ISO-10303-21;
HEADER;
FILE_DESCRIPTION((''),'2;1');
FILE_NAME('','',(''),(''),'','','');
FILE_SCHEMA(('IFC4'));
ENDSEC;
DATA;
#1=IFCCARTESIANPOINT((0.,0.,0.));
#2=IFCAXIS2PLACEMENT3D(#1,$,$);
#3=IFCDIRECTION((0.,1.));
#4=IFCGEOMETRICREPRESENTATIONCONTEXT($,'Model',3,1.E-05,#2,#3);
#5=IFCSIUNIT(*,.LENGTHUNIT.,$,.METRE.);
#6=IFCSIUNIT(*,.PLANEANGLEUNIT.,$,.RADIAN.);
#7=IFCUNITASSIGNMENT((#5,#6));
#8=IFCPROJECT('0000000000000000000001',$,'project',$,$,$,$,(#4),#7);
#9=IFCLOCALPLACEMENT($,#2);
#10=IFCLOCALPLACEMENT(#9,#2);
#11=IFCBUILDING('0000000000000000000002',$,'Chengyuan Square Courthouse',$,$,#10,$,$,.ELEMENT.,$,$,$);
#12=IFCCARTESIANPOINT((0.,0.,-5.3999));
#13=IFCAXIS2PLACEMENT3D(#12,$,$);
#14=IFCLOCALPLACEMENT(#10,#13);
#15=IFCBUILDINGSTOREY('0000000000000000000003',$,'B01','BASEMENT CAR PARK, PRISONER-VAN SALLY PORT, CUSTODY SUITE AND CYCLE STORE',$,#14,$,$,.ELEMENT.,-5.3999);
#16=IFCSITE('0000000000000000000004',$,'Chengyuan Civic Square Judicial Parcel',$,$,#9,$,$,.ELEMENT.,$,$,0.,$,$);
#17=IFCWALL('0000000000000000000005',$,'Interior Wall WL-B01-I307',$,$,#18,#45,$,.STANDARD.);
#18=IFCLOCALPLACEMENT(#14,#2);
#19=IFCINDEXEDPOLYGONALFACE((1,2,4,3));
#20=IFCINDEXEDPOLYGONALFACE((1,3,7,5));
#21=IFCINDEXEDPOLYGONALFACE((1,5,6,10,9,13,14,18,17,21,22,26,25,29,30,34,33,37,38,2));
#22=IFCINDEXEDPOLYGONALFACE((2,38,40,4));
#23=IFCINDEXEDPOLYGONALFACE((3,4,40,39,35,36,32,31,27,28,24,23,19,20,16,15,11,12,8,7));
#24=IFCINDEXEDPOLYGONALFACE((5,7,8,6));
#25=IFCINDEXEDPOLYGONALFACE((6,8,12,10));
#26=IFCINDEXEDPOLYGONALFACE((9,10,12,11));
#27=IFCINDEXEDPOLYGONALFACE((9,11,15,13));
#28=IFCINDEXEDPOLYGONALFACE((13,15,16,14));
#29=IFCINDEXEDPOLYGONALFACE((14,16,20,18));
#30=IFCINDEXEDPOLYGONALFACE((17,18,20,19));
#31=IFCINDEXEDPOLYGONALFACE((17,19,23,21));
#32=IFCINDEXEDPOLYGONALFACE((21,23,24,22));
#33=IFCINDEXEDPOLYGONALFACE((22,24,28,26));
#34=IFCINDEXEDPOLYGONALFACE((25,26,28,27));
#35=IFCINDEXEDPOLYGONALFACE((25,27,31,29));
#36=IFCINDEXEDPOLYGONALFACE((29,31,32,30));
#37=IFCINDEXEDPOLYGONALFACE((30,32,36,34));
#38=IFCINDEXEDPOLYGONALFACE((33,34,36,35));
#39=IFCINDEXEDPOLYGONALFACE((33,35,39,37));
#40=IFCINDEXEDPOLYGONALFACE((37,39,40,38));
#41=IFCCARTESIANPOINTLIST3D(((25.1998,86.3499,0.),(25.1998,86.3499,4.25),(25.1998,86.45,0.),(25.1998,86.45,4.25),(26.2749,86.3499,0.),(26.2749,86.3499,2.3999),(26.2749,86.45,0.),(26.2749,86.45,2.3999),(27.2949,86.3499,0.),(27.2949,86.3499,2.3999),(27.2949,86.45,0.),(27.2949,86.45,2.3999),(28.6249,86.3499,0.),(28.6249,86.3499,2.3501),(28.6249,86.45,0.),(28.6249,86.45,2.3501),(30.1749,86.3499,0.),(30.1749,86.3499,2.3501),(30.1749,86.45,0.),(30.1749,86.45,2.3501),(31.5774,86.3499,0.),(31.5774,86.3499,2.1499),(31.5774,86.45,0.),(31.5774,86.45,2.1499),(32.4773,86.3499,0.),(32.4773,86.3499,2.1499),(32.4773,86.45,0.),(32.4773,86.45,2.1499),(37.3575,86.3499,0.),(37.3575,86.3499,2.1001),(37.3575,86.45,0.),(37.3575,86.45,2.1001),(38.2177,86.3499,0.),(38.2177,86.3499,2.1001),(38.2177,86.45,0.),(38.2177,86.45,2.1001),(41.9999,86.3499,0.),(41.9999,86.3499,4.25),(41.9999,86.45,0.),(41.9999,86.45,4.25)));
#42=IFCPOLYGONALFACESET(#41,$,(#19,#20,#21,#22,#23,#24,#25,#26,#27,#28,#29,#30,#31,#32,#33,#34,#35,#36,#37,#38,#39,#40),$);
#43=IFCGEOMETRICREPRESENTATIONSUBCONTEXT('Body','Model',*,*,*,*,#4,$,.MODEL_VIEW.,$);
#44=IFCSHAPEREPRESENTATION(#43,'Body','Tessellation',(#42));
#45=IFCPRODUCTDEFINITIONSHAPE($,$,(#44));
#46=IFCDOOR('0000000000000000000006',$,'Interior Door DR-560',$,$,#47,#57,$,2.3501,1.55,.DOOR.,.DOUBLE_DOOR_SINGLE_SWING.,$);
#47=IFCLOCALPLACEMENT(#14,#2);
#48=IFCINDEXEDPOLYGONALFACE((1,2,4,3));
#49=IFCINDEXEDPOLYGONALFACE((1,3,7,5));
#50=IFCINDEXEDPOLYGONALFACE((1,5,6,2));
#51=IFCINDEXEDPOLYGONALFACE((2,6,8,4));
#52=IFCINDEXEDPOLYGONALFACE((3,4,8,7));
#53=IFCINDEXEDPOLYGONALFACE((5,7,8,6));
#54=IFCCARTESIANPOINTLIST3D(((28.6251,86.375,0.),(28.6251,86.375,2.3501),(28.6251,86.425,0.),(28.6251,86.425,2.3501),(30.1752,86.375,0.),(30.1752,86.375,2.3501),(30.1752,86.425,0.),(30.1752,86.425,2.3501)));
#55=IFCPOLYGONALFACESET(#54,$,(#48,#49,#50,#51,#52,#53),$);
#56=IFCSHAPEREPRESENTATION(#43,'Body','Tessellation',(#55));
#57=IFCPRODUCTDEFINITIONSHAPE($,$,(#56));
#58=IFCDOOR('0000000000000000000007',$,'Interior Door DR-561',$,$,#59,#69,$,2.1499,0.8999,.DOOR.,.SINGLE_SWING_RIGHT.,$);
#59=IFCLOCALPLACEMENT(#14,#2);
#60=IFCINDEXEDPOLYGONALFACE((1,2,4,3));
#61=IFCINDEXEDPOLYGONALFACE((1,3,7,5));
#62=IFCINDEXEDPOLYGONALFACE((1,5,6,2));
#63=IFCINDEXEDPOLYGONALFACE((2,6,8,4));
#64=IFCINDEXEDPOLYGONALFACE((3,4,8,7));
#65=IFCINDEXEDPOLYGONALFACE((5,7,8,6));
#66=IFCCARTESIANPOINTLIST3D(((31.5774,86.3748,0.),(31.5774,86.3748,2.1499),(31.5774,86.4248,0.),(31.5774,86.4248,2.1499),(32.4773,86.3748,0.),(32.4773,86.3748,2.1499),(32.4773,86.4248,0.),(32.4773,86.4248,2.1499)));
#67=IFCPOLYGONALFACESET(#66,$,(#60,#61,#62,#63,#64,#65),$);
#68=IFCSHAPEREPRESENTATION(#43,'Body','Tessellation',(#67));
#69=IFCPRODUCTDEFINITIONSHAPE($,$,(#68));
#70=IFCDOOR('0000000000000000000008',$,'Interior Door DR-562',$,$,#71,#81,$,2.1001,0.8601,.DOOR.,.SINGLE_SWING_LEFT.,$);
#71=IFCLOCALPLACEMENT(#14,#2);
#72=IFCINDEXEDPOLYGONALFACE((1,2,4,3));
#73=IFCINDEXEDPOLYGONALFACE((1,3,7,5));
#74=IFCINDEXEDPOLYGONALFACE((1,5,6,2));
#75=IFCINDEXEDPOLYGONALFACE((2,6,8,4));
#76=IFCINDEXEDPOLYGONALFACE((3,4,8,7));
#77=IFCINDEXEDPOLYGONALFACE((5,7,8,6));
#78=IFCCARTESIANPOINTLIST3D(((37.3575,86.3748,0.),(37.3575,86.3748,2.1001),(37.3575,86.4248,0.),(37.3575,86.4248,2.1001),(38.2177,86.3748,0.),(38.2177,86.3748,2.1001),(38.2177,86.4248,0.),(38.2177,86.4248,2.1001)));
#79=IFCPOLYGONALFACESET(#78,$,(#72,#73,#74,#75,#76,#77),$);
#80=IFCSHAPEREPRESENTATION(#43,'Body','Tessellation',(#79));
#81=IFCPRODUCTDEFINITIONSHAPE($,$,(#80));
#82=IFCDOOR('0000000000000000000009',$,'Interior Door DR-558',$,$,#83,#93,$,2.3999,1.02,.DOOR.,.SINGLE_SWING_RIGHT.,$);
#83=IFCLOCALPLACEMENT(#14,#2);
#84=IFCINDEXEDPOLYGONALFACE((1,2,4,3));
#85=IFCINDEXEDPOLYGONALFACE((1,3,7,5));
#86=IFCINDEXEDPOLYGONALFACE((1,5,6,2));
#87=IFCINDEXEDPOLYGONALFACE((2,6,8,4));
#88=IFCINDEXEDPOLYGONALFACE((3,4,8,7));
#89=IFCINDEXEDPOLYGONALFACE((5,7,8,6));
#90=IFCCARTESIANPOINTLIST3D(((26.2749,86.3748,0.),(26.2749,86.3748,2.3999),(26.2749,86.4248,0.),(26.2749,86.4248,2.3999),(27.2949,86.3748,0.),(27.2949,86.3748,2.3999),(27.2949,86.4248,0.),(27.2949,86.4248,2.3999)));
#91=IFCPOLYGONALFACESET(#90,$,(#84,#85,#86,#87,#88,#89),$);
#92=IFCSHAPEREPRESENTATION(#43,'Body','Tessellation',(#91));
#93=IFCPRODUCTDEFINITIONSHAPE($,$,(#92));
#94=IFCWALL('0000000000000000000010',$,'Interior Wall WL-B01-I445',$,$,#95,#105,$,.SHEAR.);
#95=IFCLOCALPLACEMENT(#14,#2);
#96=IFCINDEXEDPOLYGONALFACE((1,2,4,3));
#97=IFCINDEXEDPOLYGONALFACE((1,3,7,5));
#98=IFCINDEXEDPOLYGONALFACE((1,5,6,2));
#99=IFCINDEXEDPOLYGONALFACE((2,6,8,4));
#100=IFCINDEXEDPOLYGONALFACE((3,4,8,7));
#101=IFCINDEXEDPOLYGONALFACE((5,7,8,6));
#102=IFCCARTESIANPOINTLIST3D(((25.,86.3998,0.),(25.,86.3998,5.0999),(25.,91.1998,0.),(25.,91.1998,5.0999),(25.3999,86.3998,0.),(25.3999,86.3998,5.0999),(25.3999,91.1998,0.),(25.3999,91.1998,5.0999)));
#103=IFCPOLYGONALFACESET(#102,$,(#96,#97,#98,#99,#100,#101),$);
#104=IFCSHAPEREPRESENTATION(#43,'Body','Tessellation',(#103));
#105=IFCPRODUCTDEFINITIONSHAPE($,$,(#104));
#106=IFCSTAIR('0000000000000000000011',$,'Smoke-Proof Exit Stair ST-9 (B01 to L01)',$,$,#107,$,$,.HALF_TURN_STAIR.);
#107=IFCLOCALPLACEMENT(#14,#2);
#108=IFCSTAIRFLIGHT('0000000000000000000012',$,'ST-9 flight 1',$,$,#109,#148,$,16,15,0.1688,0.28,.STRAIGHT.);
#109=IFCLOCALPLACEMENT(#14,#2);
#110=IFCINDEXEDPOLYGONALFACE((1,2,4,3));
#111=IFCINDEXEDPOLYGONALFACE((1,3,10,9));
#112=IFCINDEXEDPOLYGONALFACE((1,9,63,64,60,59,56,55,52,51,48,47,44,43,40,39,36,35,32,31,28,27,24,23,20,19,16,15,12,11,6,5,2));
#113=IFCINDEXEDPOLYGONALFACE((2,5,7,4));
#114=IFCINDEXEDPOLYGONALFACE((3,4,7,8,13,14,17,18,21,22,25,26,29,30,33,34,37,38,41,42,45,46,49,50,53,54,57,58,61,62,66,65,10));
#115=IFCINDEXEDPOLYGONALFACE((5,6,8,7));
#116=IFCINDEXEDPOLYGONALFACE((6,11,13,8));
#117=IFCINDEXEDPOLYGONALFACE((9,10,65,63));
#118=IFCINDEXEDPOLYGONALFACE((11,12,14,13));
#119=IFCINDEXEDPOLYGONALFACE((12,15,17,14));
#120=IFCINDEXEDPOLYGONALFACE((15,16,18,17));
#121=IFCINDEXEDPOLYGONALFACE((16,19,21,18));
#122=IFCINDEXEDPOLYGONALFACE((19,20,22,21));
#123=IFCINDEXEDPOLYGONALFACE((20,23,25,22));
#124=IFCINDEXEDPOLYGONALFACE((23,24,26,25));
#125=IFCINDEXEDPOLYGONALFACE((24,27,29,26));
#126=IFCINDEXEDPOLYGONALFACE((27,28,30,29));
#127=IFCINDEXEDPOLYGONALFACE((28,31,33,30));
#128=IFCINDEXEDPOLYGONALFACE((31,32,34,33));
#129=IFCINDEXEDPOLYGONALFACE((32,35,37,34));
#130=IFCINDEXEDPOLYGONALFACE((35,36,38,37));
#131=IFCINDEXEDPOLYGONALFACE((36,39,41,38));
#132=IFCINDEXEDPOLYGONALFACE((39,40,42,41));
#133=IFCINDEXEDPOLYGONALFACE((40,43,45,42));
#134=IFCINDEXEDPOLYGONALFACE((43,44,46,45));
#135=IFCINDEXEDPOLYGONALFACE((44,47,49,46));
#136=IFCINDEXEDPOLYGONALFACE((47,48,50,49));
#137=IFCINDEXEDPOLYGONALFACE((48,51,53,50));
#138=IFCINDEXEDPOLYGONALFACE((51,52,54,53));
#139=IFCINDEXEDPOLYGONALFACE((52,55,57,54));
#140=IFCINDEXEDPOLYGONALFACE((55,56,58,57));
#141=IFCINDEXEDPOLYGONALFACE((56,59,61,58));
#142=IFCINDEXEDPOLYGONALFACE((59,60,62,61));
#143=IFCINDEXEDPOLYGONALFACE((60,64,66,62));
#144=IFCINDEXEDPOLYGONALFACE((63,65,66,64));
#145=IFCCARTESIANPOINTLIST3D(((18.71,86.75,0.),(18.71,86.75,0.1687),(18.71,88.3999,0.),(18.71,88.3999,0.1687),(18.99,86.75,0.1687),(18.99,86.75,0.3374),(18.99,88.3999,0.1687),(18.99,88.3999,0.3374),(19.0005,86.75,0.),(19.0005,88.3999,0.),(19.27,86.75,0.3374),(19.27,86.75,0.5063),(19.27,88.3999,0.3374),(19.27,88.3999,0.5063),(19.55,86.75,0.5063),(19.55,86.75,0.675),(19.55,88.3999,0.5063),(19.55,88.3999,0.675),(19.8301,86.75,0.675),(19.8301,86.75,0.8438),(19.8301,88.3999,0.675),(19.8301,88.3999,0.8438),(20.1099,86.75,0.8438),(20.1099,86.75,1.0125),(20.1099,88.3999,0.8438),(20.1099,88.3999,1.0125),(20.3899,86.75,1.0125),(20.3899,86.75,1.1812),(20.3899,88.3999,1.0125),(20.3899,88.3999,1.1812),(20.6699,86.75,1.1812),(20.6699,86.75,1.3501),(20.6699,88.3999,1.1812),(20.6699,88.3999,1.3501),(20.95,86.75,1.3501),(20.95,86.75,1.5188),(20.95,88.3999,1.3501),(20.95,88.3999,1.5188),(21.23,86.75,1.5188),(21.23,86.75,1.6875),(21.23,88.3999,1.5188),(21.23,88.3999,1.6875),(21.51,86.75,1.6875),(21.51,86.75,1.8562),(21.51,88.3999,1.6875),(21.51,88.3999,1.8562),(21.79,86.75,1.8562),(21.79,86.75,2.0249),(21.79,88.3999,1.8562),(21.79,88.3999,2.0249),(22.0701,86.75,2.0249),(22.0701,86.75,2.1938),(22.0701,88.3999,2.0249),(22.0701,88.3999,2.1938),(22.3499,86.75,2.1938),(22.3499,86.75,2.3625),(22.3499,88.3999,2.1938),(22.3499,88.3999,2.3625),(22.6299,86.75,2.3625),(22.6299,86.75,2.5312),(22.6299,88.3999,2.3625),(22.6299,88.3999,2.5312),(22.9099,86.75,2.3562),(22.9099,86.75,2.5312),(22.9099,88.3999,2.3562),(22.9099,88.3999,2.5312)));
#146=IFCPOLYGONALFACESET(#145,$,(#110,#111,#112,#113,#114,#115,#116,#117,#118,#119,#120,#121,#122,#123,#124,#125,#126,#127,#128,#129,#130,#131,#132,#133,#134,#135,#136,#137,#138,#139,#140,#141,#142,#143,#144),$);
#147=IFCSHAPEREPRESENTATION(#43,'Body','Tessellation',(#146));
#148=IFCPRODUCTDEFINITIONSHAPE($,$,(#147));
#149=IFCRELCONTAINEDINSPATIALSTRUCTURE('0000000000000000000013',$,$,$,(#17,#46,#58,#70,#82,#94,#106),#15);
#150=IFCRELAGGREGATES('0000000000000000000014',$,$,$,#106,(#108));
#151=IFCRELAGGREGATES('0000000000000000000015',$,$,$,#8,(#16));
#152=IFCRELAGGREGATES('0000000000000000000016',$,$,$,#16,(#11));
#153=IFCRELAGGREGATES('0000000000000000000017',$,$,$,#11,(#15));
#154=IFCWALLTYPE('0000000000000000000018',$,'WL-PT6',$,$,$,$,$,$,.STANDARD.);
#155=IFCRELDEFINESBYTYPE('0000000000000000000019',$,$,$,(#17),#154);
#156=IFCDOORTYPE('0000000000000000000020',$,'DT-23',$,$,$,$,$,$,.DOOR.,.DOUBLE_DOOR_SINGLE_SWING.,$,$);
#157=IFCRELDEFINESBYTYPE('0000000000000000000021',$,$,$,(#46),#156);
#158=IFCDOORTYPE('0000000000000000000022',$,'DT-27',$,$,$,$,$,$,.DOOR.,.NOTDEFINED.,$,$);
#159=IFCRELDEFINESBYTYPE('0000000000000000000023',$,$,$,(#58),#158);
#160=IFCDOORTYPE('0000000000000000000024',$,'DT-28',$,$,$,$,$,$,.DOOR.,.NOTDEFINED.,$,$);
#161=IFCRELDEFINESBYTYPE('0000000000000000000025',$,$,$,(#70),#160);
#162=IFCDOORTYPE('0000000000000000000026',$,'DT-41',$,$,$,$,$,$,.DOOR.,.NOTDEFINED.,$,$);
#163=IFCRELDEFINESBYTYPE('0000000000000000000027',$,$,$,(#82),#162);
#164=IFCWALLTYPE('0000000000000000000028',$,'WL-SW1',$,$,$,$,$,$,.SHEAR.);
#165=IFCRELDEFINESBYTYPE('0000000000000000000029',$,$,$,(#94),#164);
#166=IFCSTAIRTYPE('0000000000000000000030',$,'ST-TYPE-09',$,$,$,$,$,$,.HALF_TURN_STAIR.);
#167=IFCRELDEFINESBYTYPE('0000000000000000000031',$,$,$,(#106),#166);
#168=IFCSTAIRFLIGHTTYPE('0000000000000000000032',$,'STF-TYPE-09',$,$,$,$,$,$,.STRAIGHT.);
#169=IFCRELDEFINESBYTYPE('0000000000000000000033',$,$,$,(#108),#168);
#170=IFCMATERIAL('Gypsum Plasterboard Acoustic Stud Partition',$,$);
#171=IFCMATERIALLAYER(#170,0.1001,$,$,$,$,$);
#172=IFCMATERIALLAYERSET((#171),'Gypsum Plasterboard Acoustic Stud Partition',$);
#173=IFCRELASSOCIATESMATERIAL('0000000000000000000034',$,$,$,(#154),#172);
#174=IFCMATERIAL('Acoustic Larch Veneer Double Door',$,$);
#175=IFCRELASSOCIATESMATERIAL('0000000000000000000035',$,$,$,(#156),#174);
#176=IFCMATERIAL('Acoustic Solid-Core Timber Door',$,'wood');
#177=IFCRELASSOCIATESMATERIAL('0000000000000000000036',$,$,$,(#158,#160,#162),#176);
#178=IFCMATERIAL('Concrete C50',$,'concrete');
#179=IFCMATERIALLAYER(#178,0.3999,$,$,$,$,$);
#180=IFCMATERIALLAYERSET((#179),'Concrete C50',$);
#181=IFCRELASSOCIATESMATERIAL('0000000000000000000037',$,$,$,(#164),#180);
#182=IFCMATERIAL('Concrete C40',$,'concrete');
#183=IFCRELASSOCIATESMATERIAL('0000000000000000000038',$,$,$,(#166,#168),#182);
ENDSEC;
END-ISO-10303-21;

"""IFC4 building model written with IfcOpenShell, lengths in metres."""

from ifc_helpers import new_model, si_unit, direction, frame, frame_2d, origin, place, context, subcontext, project, spatial, polyline, rectangle, outline, extrude, material, layer, layer_set, type_object, element, fill, aggregate, save


model = new_model("IFC4")

# Units and contexts
model_context = context("Model", 3, precision=1e-05, world=origin(), true_north=direction((0.0, 1.0)))
body_context = subcontext(model_context, "Body", "Model", "MODEL_VIEW")
ifc_project = project(units=[si_unit("LENGTHUNIT", "METRE"), si_unit("PLANEANGLEUNIT", "RADIAN")], contexts=[model_context])

# Site, building, storey
site_placement = place(None, origin())
site = spatial("IfcSite", under=ifc_project, at=site_placement, Name="Chengyuan Civic Square Judicial Parcel", CompositionType="ELEMENT", RefElevation=0.0)
building_placement = place(site_placement, origin())
building = spatial("IfcBuilding", under=site, at=building_placement, Name="Chengyuan Square Courthouse", CompositionType="ELEMENT")
storey_placement = place(building_placement, frame((0.0, 0.0, -5.3999)))
storey = spatial("IfcBuildingStorey", under=building, at=storey_placement, Name="B01", Description="BASEMENT CAR PARK, PRISONER-VAN SALLY PORT, CUSTODY SUITE AND CYCLE STORE", CompositionType="ELEMENT", Elevation=-5.3999)

# Shared definitions
ifc_material_1 = material(Name="Concrete C50", Category="concrete")

# Shared definitions
ifc_material_2 = material(Name="Concrete C40", Category="concrete")

# Wall, openings, doors
ifc_material_3 = material(Name="Gypsum Plasterboard Acoustic Stud Partition")
ifc_layer_1 = layer(ifc_material_3, 0.1001)
ifc_layer_set_1 = layer_set([ifc_layer_1], Name="Gypsum Plasterboard Acoustic Stud Partition")
wall_type_1 = type_object("IfcWallType", Name="WL-PT6", PredefinedType="STANDARD", material=ifc_layer_set_1)
wall_1_placement = place(storey_placement, frame((25.2, 86.3999, 0.0), z_axis=(0.0, 0.0, 1.0), x_axis=(1.0, 0.0, 0.0)))
wall_1 = element("IfcWall", 1, at=wall_1_placement, inside=storey, type_object=wall_type_1, Name="Interior Wall WL-B01-I307", PredefinedType="STANDARD", context=body_context, shape_type="SweptSolid", body=[
    extrude(rectangle(XDim=16.8, YDim=0.1001, at=frame_2d((8.3999, 0.0))), origin(), (0.0, 0.0, 1.0), 4.25),
])
opening_1_placement = place(wall_1_placement, frame((1.075, 0.0, 0.0)))
opening_1 = element("IfcOpeningElement", 2, at=opening_1_placement, cuts=wall_1, PredefinedType="OPENING", context=body_context, shape_type="SweptSolid", body=[
    extrude(rectangle(XDim=1.02, YDim=2.3999, at=frame_2d((0.51, 1.2))), frame((0.0, 0.062, 0.0), z_axis=(0.0, -1.0, 0.0), x_axis=(1.0, 0.0, 0.0)), (0.0, 0.0, 1.0), 0.124),
])
opening_2_placement = place(wall_1_placement, frame((3.425, 0.0, 0.0)))
opening_2 = element("IfcOpeningElement", 3, at=opening_2_placement, cuts=wall_1, PredefinedType="OPENING", context=body_context, shape_type="SweptSolid", body=[
    extrude(rectangle(XDim=1.55, YDim=2.3501, at=frame_2d((0.7749, 1.175))), frame((0.0, 0.062, 0.0), z_axis=(0.0, -1.0, 0.0), x_axis=(1.0, 0.0, 0.0)), (0.0, 0.0, 1.0), 0.124),
])
opening_3_placement = place(wall_1_placement, frame((6.3774, 0.0, 0.0)))
opening_3 = element("IfcOpeningElement", 4, at=opening_3_placement, cuts=wall_1, PredefinedType="OPENING", context=body_context, shape_type="SweptSolid", body=[
    extrude(rectangle(XDim=0.8999, YDim=2.1499, at=frame_2d((0.45, 1.075))), frame((0.0, 0.062, 0.0), z_axis=(0.0, -1.0, 0.0), x_axis=(1.0, 0.0, 0.0)), (0.0, 0.0, 1.0), 0.124),
])
opening_4_placement = place(wall_1_placement, frame((12.1575, 0.0, 0.0)))
opening_4 = element("IfcOpeningElement", 5, at=opening_4_placement, cuts=wall_1, PredefinedType="OPENING", context=body_context, shape_type="SweptSolid", body=[
    extrude(rectangle(XDim=0.8601, YDim=2.1001, at=frame_2d((0.4302, 1.05))), frame((0.0, 0.062, 0.0), z_axis=(0.0, -1.0, 0.0), x_axis=(1.0, 0.0, 0.0)), (0.0, 0.0, 1.0), 0.124),
])
ifc_material_4 = material(Name="Acoustic Larch Veneer Double Door")
door_type_1 = type_object("IfcDoorType", Name="DT-23", OperationType="DOUBLE_DOOR_SINGLE_SWING", PredefinedType="DOOR", material=ifc_material_4)
door_1_placement = place(opening_2_placement, frame((1.55, 0.0, 0.0), z_axis=(0.0, 0.0, 1.0), x_axis=(-1.0, 0.0, 0.0)))
door_1 = element("IfcDoor", 6, at=door_1_placement, inside=storey, type_object=door_type_1, Name="Interior Door DR-560", OperationType="DOUBLE_DOOR_SINGLE_SWING", OverallHeight=2.3501, OverallWidth=1.55, PredefinedType="DOOR", context=body_context, shape_type="SweptSolid", body=[
    extrude(rectangle(XDim=1.55, YDim=2.3501, at=frame_2d((0.7749, 1.175))), frame((0.0, 0.0249, 0.0), z_axis=(0.0, -1.0, 0.0), x_axis=(1.0, 0.0, 0.0)), (0.0, 0.0, 1.0), 0.05),
])
fill(opening_2, door_1)
ifc_material_5 = material(Name="Acoustic Solid-Core Timber Door", Category="wood")
door_type_2 = type_object("IfcDoorType", Name="DT-27", OperationType="NOTDEFINED", PredefinedType="DOOR", material=ifc_material_5)
door_2_placement = place(opening_3_placement, origin())
door_2 = element("IfcDoor", 7, at=door_2_placement, inside=storey, type_object=door_type_2, Name="Interior Door DR-561", OperationType="SINGLE_SWING_RIGHT", OverallHeight=2.1499, OverallWidth=0.8999, PredefinedType="DOOR", context=body_context, shape_type="SweptSolid", body=[
    extrude(rectangle(XDim=0.8999, YDim=2.1499, at=frame_2d((0.45, 1.075))), frame((0.0, 0.0249, 0.0), z_axis=(0.0, -1.0, 0.0), x_axis=(1.0, 0.0, 0.0)), (0.0, 0.0, 1.0), 0.05),
])
fill(opening_3, door_2)
door_type_3 = type_object("IfcDoorType", Name="DT-28", OperationType="NOTDEFINED", PredefinedType="DOOR", material=ifc_material_5)
door_3_placement = place(opening_4_placement, origin())
door_3 = element("IfcDoor", 8, at=door_3_placement, inside=storey, type_object=door_type_3, Name="Interior Door DR-562", OperationType="SINGLE_SWING_LEFT", OverallHeight=2.1001, OverallWidth=0.8601, PredefinedType="DOOR", context=body_context, shape_type="SweptSolid", body=[
    extrude(rectangle(XDim=0.8601, YDim=2.1001, at=frame_2d((0.4302, 1.05))), frame((0.0, 0.0249, 0.0), z_axis=(0.0, -1.0, 0.0), x_axis=(1.0, 0.0, 0.0)), (0.0, 0.0, 1.0), 0.05),
])
fill(opening_4, door_3)
door_type_4 = type_object("IfcDoorType", Name="DT-41", OperationType="NOTDEFINED", PredefinedType="DOOR", material=ifc_material_5)
door_4_placement = place(opening_1_placement, origin())
door_4 = element("IfcDoor", 9, at=door_4_placement, inside=storey, type_object=door_type_4, Name="Interior Door DR-558", OperationType="SINGLE_SWING_RIGHT", OverallHeight=2.3999, OverallWidth=1.02, PredefinedType="DOOR", context=body_context, shape_type="SweptSolid", body=[
    extrude(rectangle(XDim=1.02, YDim=2.3999, at=frame_2d((0.51, 1.2))), frame((0.0, 0.0249, 0.0), z_axis=(0.0, -1.0, 0.0), x_axis=(1.0, 0.0, 0.0)), (0.0, 0.0, 1.0), 0.05),
])
fill(opening_1, door_4)

# Wall
ifc_layer_2 = layer(ifc_material_1, 0.3999)
ifc_layer_set_2 = layer_set([ifc_layer_2], Name="Concrete C50")
wall_type_2 = type_object("IfcWallType", Name="WL-SW1", PredefinedType="SHEAR", material=ifc_layer_set_2)
wall_2_placement = place(storey_placement, frame((25.2, 86.3999, 0.0), z_axis=(0.0, 0.0, 1.0), x_axis=(0.0, 1.0, 0.0)))
element("IfcWall", 10, at=wall_2_placement, inside=storey, type_object=wall_type_2, Name="Interior Wall WL-B01-I445", PredefinedType="SHEAR", context=body_context, shape_type="SweptSolid", body=[
    extrude(rectangle(XDim=4.8, YDim=0.3999, at=frame_2d((2.3999, 0.0))), origin(), (0.0, 0.0, 1.0), 5.0999),
])

# Stair, stair flight
stair_type = type_object("IfcStairType", Name="ST-TYPE-09", PredefinedType="HALF_TURN_STAIR", material=ifc_material_2)
stair_placement = place(storey_placement, origin())
stair = element("IfcStair", 11, at=stair_placement, inside=storey, type_object=stair_type, Name="Smoke-Proof Exit Stair ST-9 (B01 to L01)", PredefinedType="HALF_TURN_STAIR")
stair_flight_type = type_object("IfcStairFlightType", Name="STF-TYPE-09", PredefinedType="STRAIGHT", material=ifc_material_2)
stair_flight_1_placement = place(storey_placement, frame((18.71, 87.575, 0.0), z_axis=(0.0, 0.0, 1.0), x_axis=(1.0, 0.0, 0.0)))
stair_flight_1 = element("IfcStairFlight", 12, at=stair_flight_1_placement, type_object=stair_flight_type, Name="ST-9 flight 1", NumberOfRisers=16, NumberOfTreads=15, PredefinedType="STRAIGHT", RiserHeight=0.1688, TreadLength=0.28, context=body_context, shape_type="SweptSolid", body=[
    extrude(outline(polyline([(0.0, 0.0), (0.0, 0.1687), (0.28, 0.1687), (0.28, 0.3374), (0.5601, 0.3374), (0.5601, 0.5063), (0.8401, 0.5063), (0.8401, 0.675), (1.1201, 0.675), (1.1201, 0.8438), (1.3999, 0.8438), (1.3999, 1.0125), (1.6799, 1.0125), (1.6799, 1.1812), (1.96, 1.1812), (1.96, 1.3501), (2.24, 1.3501), (2.24, 1.5188), (2.52, 1.5188), (2.52, 1.6875), (2.8, 1.6875), (2.8, 1.8562), (3.0801, 1.8562), (3.0801, 2.0249), (3.3601, 2.0249), (3.3601, 2.1938), (3.6399, 2.1938), (3.6399, 2.3625), (3.9199, 2.3625), (3.9199, 2.5312), (4.2, 2.5312), (4.2, 2.7), (4.2, 2.3562), (0.2905, 0.0), (0.0, 0.0)])), frame((0.0, 0.825, 0.0), z_axis=(0.0, -1.0, 0.0), x_axis=(1.0, 0.0, 0.0)), (0.0, 0.0, 1.0), 1.6499),
])
aggregate(stair, [stair_flight_1])

save(model, "model.ifc")
